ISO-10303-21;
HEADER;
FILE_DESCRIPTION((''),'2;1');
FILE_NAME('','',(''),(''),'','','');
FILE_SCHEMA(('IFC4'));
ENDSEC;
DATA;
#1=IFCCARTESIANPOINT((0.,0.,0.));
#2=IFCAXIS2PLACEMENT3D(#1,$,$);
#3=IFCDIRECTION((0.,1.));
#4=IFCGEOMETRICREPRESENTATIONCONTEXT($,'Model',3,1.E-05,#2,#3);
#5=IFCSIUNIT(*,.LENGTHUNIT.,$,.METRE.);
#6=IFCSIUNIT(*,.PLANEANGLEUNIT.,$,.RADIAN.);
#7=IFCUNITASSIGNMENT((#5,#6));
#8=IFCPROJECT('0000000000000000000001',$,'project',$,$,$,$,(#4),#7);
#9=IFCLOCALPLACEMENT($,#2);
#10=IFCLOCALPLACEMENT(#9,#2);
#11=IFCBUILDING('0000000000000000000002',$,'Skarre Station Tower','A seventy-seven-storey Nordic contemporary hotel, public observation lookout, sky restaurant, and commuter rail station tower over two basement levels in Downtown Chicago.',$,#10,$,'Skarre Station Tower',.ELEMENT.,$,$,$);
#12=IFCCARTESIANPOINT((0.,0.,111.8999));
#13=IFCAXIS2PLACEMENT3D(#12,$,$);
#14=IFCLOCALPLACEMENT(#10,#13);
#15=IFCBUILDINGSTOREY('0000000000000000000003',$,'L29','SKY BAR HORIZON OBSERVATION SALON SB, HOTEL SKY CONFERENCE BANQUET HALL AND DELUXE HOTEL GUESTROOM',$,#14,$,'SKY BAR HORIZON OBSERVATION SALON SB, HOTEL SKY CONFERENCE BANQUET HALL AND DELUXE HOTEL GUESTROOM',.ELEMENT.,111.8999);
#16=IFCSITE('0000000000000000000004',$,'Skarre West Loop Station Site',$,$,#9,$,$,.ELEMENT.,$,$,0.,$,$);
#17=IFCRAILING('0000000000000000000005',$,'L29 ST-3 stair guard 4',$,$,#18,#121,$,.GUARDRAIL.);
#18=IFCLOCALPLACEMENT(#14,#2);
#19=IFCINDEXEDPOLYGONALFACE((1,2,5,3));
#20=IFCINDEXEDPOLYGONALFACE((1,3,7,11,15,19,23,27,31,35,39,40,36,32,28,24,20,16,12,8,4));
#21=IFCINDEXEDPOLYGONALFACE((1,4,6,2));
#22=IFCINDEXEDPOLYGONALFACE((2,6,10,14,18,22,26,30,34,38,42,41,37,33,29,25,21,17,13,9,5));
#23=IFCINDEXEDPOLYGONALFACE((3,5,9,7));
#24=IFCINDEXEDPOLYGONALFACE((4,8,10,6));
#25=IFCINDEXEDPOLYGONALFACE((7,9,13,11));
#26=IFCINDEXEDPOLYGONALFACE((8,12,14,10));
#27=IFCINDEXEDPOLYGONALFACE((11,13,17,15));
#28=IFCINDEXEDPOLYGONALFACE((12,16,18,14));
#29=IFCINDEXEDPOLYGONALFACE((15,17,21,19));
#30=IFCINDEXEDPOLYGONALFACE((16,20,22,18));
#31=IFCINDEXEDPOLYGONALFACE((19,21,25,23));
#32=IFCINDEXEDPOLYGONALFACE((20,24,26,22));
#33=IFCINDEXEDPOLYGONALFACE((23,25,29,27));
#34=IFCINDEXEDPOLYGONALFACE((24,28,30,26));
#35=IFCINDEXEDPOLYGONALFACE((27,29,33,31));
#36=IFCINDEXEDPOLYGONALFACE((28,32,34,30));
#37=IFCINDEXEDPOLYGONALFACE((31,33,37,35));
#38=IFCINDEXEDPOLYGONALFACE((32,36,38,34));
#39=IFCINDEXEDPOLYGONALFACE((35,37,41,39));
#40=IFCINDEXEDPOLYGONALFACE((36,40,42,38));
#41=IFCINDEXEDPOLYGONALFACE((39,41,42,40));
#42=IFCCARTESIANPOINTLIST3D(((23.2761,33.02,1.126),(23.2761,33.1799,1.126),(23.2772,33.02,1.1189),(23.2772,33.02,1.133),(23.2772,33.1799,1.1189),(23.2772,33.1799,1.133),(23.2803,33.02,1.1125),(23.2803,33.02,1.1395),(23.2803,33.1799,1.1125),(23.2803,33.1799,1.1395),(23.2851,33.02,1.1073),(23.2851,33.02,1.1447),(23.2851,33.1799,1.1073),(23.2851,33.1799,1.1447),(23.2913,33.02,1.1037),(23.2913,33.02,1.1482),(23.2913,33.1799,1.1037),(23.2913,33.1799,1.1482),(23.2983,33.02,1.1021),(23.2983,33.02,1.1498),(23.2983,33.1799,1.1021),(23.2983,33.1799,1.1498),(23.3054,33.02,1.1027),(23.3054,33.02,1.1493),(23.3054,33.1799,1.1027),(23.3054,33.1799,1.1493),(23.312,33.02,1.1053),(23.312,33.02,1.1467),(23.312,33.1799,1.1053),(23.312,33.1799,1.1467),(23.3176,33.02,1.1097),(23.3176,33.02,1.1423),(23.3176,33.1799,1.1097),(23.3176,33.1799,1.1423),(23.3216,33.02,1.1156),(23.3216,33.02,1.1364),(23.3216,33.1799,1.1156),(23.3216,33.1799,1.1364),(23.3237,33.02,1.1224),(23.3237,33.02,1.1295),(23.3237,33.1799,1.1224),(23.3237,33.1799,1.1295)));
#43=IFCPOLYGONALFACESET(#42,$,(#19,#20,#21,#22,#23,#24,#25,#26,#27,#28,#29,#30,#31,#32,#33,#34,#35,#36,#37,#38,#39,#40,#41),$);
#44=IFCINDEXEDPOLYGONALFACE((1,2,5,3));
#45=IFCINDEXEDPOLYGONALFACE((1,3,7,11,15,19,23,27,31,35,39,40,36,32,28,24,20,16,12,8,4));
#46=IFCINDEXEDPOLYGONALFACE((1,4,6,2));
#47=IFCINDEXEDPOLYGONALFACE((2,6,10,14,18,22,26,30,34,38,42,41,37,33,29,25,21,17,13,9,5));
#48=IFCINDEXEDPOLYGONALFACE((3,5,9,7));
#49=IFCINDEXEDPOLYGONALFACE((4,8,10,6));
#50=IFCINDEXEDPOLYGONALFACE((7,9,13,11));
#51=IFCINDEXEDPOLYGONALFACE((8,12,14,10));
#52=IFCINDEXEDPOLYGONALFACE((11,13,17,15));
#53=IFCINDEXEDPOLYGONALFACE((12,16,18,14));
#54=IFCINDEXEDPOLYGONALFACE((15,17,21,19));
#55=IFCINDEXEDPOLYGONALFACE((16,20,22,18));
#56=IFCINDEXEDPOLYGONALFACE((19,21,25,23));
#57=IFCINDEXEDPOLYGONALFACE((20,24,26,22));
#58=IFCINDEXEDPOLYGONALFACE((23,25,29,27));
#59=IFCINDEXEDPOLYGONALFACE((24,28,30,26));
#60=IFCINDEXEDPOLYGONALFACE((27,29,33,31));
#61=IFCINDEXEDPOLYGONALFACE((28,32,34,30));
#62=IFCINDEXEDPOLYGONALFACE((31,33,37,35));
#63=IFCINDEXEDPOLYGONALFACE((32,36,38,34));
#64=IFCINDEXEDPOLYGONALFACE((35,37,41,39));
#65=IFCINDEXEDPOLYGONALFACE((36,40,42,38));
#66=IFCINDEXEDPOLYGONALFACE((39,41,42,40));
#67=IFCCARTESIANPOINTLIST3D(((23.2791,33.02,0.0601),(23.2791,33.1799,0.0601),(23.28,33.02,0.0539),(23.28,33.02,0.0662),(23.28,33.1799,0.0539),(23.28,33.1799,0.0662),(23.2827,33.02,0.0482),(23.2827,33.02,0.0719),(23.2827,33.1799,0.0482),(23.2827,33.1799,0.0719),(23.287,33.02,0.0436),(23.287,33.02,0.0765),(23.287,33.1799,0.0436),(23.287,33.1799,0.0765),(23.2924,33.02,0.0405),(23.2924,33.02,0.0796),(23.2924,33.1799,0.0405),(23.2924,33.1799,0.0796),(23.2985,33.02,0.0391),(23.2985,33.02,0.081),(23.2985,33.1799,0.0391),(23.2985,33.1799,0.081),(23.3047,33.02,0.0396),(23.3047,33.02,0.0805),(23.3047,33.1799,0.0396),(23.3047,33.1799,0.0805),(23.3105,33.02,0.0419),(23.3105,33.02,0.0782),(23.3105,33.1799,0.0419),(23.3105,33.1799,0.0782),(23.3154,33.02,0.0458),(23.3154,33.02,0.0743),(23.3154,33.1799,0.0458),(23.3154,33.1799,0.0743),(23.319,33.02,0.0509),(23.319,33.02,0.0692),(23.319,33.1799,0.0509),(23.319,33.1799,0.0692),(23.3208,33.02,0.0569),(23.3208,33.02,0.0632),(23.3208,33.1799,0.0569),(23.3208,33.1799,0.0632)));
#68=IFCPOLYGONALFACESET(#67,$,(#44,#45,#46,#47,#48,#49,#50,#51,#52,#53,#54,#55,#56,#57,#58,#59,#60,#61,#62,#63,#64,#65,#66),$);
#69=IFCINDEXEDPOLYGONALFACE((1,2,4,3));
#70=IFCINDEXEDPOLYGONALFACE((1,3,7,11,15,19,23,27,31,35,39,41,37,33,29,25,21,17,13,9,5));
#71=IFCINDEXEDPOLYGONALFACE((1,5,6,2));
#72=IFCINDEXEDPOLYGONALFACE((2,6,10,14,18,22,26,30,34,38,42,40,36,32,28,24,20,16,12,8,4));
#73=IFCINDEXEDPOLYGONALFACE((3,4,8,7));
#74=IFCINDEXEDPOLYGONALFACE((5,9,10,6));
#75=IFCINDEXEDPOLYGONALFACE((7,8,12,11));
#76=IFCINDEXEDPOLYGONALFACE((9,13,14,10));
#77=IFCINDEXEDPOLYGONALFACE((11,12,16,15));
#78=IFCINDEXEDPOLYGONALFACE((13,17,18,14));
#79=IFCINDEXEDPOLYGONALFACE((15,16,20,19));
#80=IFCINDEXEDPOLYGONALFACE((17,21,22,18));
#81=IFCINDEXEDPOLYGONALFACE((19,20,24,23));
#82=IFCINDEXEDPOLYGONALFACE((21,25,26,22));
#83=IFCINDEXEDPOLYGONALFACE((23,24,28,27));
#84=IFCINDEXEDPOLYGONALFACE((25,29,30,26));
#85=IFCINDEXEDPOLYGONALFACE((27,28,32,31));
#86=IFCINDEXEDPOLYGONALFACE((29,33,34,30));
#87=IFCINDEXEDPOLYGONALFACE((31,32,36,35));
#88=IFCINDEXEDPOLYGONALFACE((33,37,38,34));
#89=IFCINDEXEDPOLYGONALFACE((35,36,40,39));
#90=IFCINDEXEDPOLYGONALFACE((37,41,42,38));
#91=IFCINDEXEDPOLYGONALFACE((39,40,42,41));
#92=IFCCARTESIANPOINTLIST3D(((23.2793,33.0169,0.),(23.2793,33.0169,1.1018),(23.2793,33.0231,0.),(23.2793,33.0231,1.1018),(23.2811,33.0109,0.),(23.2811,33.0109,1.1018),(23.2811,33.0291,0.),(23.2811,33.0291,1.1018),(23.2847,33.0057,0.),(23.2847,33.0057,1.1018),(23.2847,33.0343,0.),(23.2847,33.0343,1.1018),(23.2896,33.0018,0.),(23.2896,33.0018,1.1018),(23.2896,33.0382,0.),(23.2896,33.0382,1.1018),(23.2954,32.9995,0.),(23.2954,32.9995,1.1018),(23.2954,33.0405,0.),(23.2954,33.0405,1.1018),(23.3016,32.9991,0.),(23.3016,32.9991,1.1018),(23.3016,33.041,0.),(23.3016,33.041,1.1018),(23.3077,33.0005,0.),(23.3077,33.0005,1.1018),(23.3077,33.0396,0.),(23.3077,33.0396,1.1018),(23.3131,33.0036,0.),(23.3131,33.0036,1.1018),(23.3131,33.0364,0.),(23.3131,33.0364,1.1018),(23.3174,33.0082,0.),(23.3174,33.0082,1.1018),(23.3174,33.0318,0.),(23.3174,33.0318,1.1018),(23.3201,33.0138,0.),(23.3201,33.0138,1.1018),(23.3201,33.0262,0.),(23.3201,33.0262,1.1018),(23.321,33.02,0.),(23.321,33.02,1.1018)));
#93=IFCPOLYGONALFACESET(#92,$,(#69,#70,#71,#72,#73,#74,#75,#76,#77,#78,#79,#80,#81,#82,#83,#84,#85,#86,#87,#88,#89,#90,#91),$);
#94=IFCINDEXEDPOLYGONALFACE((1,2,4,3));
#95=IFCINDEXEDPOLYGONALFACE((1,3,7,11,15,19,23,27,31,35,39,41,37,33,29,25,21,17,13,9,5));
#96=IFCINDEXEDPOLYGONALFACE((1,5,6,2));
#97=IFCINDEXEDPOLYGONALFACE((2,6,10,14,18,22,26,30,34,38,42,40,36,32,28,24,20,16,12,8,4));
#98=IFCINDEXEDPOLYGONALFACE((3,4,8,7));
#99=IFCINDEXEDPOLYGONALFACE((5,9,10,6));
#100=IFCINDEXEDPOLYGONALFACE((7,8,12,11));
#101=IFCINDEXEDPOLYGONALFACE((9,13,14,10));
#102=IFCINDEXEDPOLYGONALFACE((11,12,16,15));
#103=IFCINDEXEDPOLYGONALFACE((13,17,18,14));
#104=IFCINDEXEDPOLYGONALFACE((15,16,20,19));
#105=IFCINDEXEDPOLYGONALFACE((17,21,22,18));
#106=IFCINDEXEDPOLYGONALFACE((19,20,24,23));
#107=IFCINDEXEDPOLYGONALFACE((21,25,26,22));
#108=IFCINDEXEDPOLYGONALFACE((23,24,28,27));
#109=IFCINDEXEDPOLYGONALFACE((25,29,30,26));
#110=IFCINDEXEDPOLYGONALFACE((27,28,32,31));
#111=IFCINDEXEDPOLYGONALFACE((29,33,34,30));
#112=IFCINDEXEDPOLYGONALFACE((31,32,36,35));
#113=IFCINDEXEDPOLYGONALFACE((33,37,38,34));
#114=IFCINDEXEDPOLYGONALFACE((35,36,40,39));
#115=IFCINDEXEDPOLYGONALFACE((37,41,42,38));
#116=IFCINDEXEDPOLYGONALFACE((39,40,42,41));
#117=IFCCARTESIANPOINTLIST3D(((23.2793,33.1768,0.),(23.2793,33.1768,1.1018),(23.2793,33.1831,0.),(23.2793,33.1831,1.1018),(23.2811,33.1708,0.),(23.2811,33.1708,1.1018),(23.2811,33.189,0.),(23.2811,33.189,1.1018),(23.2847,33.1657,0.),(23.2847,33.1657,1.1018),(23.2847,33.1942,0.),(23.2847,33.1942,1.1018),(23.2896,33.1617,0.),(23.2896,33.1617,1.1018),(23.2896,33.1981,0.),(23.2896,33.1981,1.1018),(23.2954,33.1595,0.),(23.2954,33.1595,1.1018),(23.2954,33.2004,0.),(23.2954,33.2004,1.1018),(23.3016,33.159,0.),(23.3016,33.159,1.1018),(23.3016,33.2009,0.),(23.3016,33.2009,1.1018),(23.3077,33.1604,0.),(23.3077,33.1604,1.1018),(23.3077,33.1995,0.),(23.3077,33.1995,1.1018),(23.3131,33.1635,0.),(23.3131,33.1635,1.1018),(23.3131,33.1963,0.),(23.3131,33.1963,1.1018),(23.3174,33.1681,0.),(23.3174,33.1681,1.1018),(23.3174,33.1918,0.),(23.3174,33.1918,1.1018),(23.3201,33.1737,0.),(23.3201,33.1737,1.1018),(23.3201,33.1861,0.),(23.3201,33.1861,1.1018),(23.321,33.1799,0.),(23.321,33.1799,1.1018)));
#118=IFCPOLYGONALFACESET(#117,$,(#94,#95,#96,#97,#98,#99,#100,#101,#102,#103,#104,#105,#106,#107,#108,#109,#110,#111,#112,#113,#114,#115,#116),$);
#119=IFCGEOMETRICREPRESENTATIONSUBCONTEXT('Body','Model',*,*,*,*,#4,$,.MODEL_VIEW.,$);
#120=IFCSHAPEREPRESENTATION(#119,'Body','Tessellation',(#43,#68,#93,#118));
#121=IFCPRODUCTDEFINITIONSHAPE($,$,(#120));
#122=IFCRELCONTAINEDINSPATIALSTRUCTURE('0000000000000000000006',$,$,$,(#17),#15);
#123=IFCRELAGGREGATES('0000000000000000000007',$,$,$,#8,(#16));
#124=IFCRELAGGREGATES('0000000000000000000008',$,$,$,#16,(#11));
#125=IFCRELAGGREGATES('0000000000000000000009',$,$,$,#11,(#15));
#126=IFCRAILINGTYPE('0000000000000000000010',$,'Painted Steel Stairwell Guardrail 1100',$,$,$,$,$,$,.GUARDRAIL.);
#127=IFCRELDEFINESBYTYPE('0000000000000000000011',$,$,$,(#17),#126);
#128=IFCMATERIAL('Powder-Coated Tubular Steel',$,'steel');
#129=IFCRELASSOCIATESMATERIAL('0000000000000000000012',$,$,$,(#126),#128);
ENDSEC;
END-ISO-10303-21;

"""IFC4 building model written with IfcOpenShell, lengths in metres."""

from ifc_helpers import new_model, si_unit, direction, frame, origin, origin_2d, place, context, subcontext, project, spatial, circle, extrude, material, type_object, element, save


model = new_model("IFC4")

# Units and contexts
model_context = context("Model", 3, precision=1e-05, world=origin(), true_north=direction((0.0, 1.0)))
body_context = subcontext(model_context, "Body", "Model", "MODEL_VIEW")
ifc_project = project(units=[si_unit("LENGTHUNIT", "METRE"), si_unit("PLANEANGLEUNIT", "RADIAN")], contexts=[model_context])

# Site, building, storey
site_placement = place(None, origin())
site = spatial("IfcSite", under=ifc_project, at=site_placement, Name="Skarre West Loop Station Site", CompositionType="ELEMENT", RefElevation=0.0)
building_placement = place(site_placement, origin())
building = spatial("IfcBuilding", under=site, at=building_placement, Name="Skarre Station Tower", Description="A seventy-seven-storey Nordic contemporary hotel, public observation lookout, sky restaurant, and commuter rail station tower over two basement levels in Downtown Chicago.", LongName="Skarre Station Tower", CompositionType="ELEMENT")
storey_placement = place(building_placement, frame((0.0, 0.0, 111.8999)))
storey = spatial("IfcBuildingStorey", under=building, at=storey_placement, Name="L29", Description="SKY BAR HORIZON OBSERVATION SALON SB, HOTEL SKY CONFERENCE BANQUET HALL AND DELUXE HOTEL GUESTROOM", LongName="SKY BAR HORIZON OBSERVATION SALON SB, HOTEL SKY CONFERENCE BANQUET HALL AND DELUXE HOTEL GUESTROOM", CompositionType="ELEMENT", Elevation=111.8999)

# Railing
ifc_material_1 = material(Name="Powder-Coated Tubular Steel", Category="steel")
railing_type_1 = type_object("IfcRailingType", Name="Painted Steel Stairwell Guardrail 1100", PredefinedType="GUARDRAIL", material=ifc_material_1)
railing_1_placement = place(storey_placement, frame((23.3, 33.02, 0.0)))
element("IfcRailing", 1, at=railing_1_placement, inside=storey, type_object=railing_type_1, Name="L29 ST-3 stair guard 4", PredefinedType="GUARDRAIL", context=body_context, shape_type="SweptSolid", body=[
    extrude(circle(Radius=0.0239, at=origin_2d()), frame((0.0, 0.0, 1.126), z_axis=(0.0, 1.0, 0.0), x_axis=(-1.0, 0.0, 0.0)), (0.0, 0.0, 1.0), 0.1599),
    extrude(circle(Radius=0.021, at=origin_2d()), frame((0.0, 0.0, 0.0601), z_axis=(0.0, 1.0, 0.0), x_axis=(-1.0, 0.0, 0.0)), (0.0, 0.0, 1.0), 0.1599),
    extrude(circle(Radius=0.021, at=origin_2d()), origin(), (0.0, 0.0, 1.0), 1.1018),
    extrude(circle(Radius=0.021, at=origin_2d()), frame((0.0, 0.1599, 0.0)), (0.0, 0.0, 1.0), 1.1018),
])

save(model, "model.ifc")
